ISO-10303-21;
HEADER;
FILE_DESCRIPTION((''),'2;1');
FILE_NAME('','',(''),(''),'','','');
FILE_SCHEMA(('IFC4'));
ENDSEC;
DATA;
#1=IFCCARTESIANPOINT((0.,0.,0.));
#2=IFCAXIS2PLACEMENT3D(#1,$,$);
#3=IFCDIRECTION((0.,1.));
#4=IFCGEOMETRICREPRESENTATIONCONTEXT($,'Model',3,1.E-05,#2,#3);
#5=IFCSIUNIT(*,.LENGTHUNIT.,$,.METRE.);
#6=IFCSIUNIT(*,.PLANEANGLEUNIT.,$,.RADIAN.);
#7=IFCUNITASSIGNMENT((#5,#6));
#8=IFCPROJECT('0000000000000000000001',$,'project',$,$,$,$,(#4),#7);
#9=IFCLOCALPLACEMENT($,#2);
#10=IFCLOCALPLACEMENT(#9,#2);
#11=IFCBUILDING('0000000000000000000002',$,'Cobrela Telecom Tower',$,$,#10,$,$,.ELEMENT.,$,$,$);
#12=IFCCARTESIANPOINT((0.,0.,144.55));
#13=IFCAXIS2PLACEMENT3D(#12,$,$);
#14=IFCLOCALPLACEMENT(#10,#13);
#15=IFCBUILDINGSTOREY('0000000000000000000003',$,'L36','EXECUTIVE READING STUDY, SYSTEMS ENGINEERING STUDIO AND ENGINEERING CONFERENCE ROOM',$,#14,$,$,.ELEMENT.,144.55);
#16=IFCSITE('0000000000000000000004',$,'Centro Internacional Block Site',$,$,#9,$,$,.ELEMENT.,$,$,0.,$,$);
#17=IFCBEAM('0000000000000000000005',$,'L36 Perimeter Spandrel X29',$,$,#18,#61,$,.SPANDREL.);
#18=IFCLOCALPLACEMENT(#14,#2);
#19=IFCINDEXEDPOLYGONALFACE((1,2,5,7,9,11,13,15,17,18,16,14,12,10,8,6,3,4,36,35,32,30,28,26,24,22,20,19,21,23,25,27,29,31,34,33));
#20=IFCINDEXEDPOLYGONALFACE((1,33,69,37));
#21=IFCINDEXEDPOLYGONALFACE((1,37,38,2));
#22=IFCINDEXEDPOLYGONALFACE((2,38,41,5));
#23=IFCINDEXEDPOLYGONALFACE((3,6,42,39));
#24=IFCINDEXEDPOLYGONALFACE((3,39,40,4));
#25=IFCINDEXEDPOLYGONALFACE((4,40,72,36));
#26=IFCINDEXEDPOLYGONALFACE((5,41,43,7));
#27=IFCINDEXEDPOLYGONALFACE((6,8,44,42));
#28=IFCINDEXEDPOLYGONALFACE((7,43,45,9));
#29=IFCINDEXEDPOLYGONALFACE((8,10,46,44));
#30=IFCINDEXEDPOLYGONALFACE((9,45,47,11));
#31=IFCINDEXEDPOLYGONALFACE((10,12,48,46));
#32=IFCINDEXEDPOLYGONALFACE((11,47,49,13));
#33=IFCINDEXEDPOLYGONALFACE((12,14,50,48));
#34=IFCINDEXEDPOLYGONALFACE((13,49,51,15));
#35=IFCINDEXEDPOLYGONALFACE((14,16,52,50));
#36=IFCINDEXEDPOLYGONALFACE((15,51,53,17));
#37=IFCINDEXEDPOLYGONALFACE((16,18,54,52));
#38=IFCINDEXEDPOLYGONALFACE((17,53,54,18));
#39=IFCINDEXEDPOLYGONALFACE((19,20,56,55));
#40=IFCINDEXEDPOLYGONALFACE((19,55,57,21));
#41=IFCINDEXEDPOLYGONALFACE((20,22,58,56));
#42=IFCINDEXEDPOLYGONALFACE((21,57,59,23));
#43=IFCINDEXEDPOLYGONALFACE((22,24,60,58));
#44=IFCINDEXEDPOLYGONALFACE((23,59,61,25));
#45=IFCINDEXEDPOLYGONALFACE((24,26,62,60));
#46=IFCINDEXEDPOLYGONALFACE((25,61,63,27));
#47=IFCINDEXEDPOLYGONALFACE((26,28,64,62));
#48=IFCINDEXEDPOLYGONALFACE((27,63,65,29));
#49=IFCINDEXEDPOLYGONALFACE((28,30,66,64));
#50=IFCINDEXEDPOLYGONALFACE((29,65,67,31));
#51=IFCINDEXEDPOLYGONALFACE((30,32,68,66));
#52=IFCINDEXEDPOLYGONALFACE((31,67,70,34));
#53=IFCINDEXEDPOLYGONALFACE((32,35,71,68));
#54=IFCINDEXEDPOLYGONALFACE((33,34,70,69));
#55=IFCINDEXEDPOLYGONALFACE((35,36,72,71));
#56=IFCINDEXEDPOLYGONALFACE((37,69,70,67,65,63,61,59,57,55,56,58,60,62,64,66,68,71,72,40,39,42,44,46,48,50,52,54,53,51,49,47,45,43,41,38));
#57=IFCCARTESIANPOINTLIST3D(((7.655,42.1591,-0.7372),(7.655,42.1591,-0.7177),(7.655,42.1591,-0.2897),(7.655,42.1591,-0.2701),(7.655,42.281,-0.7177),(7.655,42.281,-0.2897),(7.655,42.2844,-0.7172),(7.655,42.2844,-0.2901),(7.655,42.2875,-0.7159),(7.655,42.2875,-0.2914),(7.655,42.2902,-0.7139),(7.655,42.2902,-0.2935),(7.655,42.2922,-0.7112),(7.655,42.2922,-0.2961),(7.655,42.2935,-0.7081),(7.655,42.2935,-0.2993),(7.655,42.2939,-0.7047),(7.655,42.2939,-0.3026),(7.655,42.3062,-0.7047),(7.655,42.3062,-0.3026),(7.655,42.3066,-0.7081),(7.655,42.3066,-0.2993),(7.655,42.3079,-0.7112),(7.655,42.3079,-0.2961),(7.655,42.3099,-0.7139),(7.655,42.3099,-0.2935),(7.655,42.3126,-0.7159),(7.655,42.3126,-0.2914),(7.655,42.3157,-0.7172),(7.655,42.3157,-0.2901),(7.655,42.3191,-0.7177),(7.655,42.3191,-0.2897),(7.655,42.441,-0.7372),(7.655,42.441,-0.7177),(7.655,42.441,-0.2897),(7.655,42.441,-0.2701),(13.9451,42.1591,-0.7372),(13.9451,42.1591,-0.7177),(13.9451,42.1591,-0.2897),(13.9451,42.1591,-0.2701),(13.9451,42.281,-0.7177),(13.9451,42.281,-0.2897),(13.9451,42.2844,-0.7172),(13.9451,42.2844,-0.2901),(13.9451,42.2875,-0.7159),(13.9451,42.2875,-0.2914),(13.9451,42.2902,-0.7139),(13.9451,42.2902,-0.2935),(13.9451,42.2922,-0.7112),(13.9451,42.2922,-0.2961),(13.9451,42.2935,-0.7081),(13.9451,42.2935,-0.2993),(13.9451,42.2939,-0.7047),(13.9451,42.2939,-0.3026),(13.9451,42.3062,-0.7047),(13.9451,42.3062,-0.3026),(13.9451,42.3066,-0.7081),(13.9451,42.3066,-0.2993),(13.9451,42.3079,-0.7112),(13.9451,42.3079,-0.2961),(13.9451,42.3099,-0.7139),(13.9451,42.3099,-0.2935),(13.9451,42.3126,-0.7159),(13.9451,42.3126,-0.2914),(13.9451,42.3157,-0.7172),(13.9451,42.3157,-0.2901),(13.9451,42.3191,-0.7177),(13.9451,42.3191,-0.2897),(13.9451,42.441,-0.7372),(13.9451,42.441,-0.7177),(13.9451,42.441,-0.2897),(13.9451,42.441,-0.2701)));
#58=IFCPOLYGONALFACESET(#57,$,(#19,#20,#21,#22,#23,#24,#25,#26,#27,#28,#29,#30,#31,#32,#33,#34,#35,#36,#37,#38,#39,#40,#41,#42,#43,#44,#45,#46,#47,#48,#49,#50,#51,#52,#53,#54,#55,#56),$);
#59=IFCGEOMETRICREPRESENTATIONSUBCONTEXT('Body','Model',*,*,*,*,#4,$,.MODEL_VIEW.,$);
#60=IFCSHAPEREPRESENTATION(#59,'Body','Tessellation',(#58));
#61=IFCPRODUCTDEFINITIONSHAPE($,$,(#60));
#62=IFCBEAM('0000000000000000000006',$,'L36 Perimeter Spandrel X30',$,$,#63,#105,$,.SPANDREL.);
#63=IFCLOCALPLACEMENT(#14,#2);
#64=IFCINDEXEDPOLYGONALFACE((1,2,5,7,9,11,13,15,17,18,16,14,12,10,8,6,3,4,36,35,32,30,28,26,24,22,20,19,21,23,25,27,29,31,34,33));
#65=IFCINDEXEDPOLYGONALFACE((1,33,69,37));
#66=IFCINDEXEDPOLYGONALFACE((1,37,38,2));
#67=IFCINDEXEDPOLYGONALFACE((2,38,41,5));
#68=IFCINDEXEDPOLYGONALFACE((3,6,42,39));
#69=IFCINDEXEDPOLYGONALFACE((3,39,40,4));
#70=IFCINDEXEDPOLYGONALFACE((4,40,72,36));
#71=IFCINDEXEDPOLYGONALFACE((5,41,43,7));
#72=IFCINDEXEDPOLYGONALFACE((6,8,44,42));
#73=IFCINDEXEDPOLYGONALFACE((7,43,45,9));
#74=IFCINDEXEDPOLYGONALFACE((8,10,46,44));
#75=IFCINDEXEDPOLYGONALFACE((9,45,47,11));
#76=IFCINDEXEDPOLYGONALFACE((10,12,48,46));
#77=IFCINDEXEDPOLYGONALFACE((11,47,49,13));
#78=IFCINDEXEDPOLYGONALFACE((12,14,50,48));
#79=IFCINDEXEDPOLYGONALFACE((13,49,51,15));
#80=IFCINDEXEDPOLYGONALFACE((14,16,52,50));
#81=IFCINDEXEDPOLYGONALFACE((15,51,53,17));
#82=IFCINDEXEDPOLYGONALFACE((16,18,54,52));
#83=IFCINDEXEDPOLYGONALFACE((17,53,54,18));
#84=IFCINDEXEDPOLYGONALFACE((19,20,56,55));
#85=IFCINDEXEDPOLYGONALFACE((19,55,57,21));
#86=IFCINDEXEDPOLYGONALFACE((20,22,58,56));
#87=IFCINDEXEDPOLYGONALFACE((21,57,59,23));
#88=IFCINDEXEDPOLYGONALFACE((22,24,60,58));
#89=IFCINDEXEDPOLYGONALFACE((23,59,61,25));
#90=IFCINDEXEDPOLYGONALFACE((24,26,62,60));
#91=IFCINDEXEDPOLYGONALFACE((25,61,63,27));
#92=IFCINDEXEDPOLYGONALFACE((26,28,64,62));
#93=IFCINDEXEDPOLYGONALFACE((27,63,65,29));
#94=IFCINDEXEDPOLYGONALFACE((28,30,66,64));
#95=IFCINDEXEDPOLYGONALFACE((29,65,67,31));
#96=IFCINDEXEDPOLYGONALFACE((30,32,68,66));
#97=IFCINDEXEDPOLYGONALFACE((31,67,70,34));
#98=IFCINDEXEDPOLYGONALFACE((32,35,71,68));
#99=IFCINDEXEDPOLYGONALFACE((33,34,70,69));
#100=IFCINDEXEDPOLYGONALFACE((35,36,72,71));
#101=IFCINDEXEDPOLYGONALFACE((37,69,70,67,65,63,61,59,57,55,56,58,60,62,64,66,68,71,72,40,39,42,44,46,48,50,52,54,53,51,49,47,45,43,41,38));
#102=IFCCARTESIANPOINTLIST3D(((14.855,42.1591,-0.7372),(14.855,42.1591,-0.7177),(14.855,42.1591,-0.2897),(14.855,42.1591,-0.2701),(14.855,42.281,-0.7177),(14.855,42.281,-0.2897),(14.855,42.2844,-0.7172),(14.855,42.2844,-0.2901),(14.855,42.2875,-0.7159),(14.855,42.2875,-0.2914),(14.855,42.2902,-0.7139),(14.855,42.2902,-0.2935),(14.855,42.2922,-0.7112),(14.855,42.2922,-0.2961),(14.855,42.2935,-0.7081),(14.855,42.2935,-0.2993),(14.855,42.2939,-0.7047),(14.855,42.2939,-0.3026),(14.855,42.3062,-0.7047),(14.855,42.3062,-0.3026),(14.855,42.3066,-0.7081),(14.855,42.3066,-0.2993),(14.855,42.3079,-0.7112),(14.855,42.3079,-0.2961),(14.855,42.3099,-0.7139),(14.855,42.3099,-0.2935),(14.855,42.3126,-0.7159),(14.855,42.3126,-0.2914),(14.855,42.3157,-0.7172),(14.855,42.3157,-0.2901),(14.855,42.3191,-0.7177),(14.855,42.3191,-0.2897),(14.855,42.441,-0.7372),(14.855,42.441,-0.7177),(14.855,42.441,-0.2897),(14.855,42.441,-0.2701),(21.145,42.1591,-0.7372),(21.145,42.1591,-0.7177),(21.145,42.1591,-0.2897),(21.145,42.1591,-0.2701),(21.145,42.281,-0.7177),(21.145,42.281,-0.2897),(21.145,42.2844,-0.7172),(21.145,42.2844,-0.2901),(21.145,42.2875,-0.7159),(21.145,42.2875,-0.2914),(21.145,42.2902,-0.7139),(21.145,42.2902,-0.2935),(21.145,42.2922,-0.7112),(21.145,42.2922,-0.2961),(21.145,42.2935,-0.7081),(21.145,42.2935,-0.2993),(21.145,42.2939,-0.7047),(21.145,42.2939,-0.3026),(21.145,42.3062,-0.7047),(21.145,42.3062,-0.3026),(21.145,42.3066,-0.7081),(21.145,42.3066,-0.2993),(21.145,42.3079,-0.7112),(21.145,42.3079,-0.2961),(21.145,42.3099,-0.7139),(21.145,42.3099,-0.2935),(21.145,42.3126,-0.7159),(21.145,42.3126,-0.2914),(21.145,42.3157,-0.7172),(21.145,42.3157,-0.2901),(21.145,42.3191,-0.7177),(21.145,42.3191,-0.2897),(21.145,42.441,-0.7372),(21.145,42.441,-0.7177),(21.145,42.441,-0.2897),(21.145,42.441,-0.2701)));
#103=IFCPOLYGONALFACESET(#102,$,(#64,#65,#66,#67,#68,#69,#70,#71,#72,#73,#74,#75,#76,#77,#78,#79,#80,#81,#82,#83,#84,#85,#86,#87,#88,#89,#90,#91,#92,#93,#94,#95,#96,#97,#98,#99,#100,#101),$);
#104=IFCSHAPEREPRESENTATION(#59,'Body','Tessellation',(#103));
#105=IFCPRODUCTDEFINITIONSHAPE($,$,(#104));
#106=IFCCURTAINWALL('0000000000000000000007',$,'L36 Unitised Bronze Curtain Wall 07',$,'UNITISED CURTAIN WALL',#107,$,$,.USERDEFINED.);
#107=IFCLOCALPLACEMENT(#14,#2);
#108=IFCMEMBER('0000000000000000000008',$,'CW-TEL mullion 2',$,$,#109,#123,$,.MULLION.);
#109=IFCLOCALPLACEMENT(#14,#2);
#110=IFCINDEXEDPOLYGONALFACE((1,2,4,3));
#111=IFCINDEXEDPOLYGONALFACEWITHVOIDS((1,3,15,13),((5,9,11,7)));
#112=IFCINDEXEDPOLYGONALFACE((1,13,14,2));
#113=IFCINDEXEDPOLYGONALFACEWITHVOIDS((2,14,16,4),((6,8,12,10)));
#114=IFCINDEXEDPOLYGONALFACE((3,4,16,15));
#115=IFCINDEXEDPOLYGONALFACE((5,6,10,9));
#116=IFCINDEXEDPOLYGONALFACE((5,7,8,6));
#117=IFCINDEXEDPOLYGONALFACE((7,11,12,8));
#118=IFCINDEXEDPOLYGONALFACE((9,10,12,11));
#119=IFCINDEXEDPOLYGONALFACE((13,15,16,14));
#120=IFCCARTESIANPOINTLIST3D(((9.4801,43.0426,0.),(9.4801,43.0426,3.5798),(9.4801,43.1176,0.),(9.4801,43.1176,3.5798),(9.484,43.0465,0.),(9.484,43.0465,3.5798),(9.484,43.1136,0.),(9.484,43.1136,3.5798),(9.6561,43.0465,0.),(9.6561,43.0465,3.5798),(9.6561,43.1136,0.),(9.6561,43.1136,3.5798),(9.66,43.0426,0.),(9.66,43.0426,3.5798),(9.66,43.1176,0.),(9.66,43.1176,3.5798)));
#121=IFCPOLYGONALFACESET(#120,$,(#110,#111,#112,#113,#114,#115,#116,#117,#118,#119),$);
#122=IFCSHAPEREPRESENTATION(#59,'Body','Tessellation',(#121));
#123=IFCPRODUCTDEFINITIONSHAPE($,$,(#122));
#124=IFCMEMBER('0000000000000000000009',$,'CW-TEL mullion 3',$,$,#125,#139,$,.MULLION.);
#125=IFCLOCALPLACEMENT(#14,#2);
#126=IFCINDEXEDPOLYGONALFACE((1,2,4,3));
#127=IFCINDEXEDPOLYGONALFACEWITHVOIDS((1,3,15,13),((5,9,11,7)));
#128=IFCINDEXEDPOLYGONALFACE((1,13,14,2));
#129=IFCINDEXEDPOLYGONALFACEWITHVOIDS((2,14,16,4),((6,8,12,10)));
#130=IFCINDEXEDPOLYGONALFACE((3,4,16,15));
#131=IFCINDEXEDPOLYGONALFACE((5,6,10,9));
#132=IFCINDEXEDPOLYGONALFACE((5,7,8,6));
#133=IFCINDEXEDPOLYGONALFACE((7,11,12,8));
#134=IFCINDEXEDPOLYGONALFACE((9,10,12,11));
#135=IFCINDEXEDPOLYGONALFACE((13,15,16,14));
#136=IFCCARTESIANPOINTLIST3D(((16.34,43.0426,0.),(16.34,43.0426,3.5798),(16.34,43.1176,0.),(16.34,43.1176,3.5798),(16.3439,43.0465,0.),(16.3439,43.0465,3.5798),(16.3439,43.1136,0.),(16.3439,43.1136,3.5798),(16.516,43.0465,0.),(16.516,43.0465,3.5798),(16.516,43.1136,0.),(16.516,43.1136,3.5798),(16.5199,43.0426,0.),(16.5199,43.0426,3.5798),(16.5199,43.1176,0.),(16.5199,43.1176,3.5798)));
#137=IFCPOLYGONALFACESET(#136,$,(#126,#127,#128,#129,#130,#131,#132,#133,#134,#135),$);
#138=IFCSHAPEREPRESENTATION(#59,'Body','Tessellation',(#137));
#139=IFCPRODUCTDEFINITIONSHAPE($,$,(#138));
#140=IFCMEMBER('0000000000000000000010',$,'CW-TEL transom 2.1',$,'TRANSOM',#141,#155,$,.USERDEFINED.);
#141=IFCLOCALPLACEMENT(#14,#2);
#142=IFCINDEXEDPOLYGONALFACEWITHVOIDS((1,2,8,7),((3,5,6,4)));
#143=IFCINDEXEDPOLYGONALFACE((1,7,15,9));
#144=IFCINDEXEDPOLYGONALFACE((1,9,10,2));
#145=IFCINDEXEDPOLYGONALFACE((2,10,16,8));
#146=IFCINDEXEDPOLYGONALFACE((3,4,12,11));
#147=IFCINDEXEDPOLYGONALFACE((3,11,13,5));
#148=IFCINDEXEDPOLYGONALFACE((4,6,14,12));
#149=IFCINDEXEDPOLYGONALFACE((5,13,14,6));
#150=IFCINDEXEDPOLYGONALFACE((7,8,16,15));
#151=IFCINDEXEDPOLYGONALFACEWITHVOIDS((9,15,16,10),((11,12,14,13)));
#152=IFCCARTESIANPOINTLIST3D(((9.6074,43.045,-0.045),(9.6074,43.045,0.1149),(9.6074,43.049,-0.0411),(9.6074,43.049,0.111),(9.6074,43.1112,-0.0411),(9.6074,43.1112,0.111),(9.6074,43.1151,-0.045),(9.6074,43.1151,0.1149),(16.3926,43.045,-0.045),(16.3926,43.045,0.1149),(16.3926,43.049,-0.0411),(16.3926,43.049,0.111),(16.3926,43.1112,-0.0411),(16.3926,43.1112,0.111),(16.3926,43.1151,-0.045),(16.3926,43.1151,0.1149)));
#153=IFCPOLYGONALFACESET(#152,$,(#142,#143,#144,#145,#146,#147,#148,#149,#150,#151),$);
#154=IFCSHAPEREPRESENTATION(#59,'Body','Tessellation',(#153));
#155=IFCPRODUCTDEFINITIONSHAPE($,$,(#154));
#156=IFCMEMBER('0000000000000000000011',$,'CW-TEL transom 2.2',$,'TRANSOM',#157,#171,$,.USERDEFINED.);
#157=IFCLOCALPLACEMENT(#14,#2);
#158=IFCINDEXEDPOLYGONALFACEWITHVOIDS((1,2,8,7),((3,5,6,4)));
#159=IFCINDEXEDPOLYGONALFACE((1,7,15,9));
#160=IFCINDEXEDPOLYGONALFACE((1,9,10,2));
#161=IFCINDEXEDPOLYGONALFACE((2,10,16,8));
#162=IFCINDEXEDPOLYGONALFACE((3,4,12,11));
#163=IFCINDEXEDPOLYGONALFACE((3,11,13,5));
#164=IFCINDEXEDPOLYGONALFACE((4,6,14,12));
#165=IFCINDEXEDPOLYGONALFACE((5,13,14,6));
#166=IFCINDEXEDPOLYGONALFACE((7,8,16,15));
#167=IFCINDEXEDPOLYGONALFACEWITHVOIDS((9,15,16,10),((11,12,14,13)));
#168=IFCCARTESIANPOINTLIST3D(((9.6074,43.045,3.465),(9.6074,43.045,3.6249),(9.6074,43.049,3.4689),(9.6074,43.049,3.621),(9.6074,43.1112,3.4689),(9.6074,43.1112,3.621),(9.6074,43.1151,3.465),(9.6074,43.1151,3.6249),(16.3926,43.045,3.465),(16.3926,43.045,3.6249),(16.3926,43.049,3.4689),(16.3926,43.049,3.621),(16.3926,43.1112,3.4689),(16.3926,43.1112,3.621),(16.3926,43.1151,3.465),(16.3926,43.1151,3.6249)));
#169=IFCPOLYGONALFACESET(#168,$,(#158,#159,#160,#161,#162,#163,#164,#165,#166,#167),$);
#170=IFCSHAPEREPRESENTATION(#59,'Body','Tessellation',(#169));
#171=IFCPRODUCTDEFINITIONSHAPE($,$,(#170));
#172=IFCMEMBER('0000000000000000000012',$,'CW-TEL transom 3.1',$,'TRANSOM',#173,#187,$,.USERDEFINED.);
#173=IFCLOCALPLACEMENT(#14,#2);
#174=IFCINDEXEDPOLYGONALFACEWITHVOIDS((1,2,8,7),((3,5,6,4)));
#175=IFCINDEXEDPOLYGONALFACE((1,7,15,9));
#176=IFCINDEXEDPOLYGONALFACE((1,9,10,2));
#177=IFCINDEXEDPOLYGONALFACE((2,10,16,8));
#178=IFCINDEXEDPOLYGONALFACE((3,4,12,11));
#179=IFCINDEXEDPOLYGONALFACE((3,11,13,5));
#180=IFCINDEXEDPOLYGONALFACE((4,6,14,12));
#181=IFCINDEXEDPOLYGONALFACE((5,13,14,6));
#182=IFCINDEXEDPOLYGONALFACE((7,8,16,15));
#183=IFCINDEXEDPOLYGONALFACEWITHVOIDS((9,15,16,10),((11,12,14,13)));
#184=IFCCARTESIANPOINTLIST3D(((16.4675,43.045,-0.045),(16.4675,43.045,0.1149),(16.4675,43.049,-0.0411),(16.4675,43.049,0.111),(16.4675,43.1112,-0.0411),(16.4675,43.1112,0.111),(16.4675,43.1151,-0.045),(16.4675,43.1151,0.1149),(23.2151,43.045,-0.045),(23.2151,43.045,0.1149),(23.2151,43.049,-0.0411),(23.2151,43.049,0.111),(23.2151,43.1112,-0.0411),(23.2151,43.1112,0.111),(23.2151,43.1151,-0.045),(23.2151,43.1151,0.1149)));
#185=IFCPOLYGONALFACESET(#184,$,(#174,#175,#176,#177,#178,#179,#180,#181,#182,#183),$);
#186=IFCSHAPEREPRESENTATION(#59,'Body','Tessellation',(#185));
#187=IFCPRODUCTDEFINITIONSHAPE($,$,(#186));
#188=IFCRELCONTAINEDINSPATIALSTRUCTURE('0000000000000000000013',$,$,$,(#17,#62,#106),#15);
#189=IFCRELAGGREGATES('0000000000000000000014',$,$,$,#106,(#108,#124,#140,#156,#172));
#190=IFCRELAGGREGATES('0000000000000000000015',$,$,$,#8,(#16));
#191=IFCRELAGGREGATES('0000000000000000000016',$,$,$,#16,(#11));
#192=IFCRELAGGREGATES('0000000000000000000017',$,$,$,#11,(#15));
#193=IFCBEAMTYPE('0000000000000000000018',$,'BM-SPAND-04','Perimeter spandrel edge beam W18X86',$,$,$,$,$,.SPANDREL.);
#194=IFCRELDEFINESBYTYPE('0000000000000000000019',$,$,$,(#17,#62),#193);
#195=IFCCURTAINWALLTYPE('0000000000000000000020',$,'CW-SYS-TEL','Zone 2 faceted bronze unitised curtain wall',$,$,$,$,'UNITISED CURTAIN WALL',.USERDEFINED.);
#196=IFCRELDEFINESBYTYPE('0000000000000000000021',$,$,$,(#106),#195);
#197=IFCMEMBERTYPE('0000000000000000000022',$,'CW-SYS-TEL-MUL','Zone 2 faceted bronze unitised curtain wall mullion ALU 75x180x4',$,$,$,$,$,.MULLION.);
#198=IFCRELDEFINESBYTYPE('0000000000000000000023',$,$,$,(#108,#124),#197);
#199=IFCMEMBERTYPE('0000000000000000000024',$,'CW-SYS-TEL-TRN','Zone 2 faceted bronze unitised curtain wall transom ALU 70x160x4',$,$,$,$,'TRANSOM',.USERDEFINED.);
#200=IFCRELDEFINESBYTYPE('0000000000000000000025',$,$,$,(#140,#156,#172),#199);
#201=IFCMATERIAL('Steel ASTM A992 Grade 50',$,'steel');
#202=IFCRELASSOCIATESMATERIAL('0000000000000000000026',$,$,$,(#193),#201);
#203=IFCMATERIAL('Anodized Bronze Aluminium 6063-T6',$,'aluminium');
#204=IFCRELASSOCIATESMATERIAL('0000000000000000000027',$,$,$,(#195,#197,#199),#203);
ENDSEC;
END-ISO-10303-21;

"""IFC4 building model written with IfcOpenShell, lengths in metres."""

from ifc_helpers import new_model, si_unit, direction, frame, origin, origin_2d, place, context, subcontext, project, spatial, hollow_rectangle, i_section, extrude, material, material_profile, profile_set, type_object, element, aggregate, save


model = new_model("IFC4")

# Units and contexts
model_context = context("Model", 3, precision=1e-05, world=origin(), true_north=direction((0.0, 1.0)))
body_context = subcontext(model_context, "Body", "Model", "MODEL_VIEW")
ifc_project = project(units=[si_unit("LENGTHUNIT", "METRE"), si_unit("PLANEANGLEUNIT", "RADIAN")], contexts=[model_context])

# Site, building, storey
site_placement = place(None, origin())
site = spatial("IfcSite", under=ifc_project, at=site_placement, Name="Centro Internacional Block Site", CompositionType="ELEMENT", RefElevation=0.0)
building_placement = place(site_placement, origin())
building = spatial("IfcBuilding", under=site, at=building_placement, Name="Cobrela Telecom Tower", CompositionType="ELEMENT")
storey_placement = place(building_placement, frame((0.0, 0.0, 144.55)))
storey = spatial("IfcBuildingStorey", under=building, at=storey_placement, Name="L36", Description="EXECUTIVE READING STUDY, SYSTEMS ENGINEERING STUDIO AND ENGINEERING CONFERENCE ROOM", CompositionType="ELEMENT", Elevation=144.55)

# Beams
ifc_material_1 = material(Name="Steel ASTM A992 Grade 50", Category="steel")
ifc_material_profile_1 = material_profile(ifc_material_1, i_section(OverallWidth=0.282, OverallDepth=0.467, WebThickness=0.0122, FlangeThickness=0.0195, FilletRadius=0.0129, at=origin_2d()), Name="W18X86")
ifc_profile_set_1 = profile_set([ifc_material_profile_1], Name="Steel ASTM A992 Grade 50")
beam_type_1 = type_object("IfcBeamType", Name="BM-SPAND-04", Description="Perimeter spandrel edge beam W18X86", PredefinedType="SPANDREL", material=ifc_profile_set_1)
for number, where, z_axis, x_axis, name in (
    (1, (7.655, 42.3, -0.5037), (1.0, 0.0, 0.0), (0.0, 1.0, 0.0), "L36 Perimeter Spandrel X29"),
    (2, (14.855, 42.3, -0.5037), (1.0, 0.0, 0.0), (0.0, 1.0, 0.0), "L36 Perimeter Spandrel X30"),
):
    element("IfcBeam", number, at=place(storey_placement, frame(where, z_axis=z_axis, x_axis=x_axis)), inside=storey, type_object=beam_type_1, Name=name, PredefinedType="SPANDREL", context=body_context, shape_type="SweptSolid", body=[
        extrude(i_section(OverallWidth=0.282, OverallDepth=0.467, WebThickness=0.0122, FlangeThickness=0.0195, FilletRadius=0.0129, at=origin_2d()), origin(), (0.0, 0.0, 1.0), 6.29),
    ])

# Curtain wall, members
ifc_material_2 = material(Name="Anodized Bronze Aluminium 6063-T6", Category="aluminium")
curtain_wall_type = type_object("IfcCurtainWallType", Name="CW-SYS-TEL", Description="Zone 2 faceted bronze unitised curtain wall", ElementType="UNITISED CURTAIN WALL", PredefinedType="USERDEFINED", material=ifc_material_2)
curtain_wall_placement = place(storey_placement, origin())
curtain_wall = element("IfcCurtainWall", 3, at=curtain_wall_placement, inside=storey, type_object=curtain_wall_type, Name="L36 Unitised Bronze Curtain Wall 07", ObjectType="UNITISED CURTAIN WALL", PredefinedType="USERDEFINED")
ifc_material_profile_2 = material_profile(ifc_material_2, hollow_rectangle(XDim=0.075, YDim=0.1799, WallThickness=0.0039, at=origin_2d()), Name="ALU 75x180x4")
ifc_profile_set_2 = profile_set([ifc_material_profile_2], Name="Anodized Bronze Aluminium 6063-T6")
member_type_1 = type_object("IfcMemberType", Name="CW-SYS-TEL-MUL", Description="Zone 2 faceted bronze unitised curtain wall mullion ALU 75x180x4", PredefinedType="MULLION", material=ifc_profile_set_2)
member_1_placement = place(storey_placement, frame((9.5701, 43.0801, 0.0), z_axis=(0.0, 0.0, 1.0), x_axis=(0.0, 1.0, 0.0)))
member_1 = element("IfcMember", 4, at=member_1_placement, type_object=member_type_1, Name="CW-TEL mullion 2", PredefinedType="MULLION", context=body_context, shape_type="SweptSolid", body=[
    extrude(hollow_rectangle(XDim=0.075, YDim=0.1799, WallThickness=0.0039, at=origin_2d()), origin(), (0.0, 0.0, 1.0), 3.5798),
])
member_2_placement = place(storey_placement, frame((16.4299, 43.0801, 0.0), z_axis=(0.0, 0.0, 1.0), x_axis=(0.0, 1.0, 0.0)))
member_2 = element("IfcMember", 5, at=member_2_placement, type_object=member_type_1, Name="CW-TEL mullion 3", PredefinedType="MULLION", context=body_context, shape_type="SweptSolid", body=[
    extrude(hollow_rectangle(XDim=0.075, YDim=0.1799, WallThickness=0.0039, at=origin_2d()), origin(), (0.0, 0.0, 1.0), 3.5798),
])
ifc_material_profile_3 = material_profile(ifc_material_2, hollow_rectangle(XDim=0.0701, YDim=0.1599, WallThickness=0.0039, at=origin_2d()), Name="ALU 70x160x4")
ifc_profile_set_3 = profile_set([ifc_material_profile_3], Name="Anodized Bronze Aluminium 6063-T6")
member_type_2 = type_object("IfcMemberType", Name="CW-SYS-TEL-TRN", Description="Zone 2 faceted bronze unitised curtain wall transom ALU 70x160x4", ElementType="TRANSOM", PredefinedType="USERDEFINED", material=ifc_profile_set_3)
member_3_placement = place(storey_placement, frame((9.6074, 43.0801, 0.0349), z_axis=(1.0, 0.0, 0.0), x_axis=(0.0, 1.0, 0.0)))
member_3 = element("IfcMember", 6, at=member_3_placement, type_object=member_type_2, Name="CW-TEL transom 2.1", ObjectType="TRANSOM", PredefinedType="USERDEFINED", context=body_context, shape_type="SweptSolid", body=[
    extrude(hollow_rectangle(XDim=0.0701, YDim=0.1599, WallThickness=0.0039, at=origin_2d()), origin(), (0.0, 0.0, 1.0), 6.7852),
])
member_4_placement = place(storey_placement, frame((9.6074, 43.0801, 3.5449), z_axis=(1.0, 0.0, 0.0), x_axis=(0.0, 1.0, 0.0)))
member_4 = element("IfcMember", 7, at=member_4_placement, type_object=member_type_2, Name="CW-TEL transom 2.2", ObjectType="TRANSOM", PredefinedType="USERDEFINED", context=body_context, shape_type="SweptSolid", body=[
    extrude(hollow_rectangle(XDim=0.0701, YDim=0.1599, WallThickness=0.0039, at=origin_2d()), origin(), (0.0, 0.0, 1.0), 6.7852),
])
member_5_placement = place(storey_placement, frame((16.4675, 43.0801, 0.0349), z_axis=(1.0, 0.0, 0.0), x_axis=(0.0, 1.0, 0.0)))
member_5 = element("IfcMember", 8, at=member_5_placement, type_object=member_type_2, Name="CW-TEL transom 3.1", ObjectType="TRANSOM", PredefinedType="USERDEFINED", context=body_context, shape_type="SweptSolid", body=[
    extrude(hollow_rectangle(XDim=0.0701, YDim=0.1599, WallThickness=0.0039, at=origin_2d()), origin(), (0.0, 0.0, 1.0), 6.7476),
])
aggregate(curtain_wall, [member_1, member_2, member_3, member_4, member_5])

save(model, "model.ifc")
